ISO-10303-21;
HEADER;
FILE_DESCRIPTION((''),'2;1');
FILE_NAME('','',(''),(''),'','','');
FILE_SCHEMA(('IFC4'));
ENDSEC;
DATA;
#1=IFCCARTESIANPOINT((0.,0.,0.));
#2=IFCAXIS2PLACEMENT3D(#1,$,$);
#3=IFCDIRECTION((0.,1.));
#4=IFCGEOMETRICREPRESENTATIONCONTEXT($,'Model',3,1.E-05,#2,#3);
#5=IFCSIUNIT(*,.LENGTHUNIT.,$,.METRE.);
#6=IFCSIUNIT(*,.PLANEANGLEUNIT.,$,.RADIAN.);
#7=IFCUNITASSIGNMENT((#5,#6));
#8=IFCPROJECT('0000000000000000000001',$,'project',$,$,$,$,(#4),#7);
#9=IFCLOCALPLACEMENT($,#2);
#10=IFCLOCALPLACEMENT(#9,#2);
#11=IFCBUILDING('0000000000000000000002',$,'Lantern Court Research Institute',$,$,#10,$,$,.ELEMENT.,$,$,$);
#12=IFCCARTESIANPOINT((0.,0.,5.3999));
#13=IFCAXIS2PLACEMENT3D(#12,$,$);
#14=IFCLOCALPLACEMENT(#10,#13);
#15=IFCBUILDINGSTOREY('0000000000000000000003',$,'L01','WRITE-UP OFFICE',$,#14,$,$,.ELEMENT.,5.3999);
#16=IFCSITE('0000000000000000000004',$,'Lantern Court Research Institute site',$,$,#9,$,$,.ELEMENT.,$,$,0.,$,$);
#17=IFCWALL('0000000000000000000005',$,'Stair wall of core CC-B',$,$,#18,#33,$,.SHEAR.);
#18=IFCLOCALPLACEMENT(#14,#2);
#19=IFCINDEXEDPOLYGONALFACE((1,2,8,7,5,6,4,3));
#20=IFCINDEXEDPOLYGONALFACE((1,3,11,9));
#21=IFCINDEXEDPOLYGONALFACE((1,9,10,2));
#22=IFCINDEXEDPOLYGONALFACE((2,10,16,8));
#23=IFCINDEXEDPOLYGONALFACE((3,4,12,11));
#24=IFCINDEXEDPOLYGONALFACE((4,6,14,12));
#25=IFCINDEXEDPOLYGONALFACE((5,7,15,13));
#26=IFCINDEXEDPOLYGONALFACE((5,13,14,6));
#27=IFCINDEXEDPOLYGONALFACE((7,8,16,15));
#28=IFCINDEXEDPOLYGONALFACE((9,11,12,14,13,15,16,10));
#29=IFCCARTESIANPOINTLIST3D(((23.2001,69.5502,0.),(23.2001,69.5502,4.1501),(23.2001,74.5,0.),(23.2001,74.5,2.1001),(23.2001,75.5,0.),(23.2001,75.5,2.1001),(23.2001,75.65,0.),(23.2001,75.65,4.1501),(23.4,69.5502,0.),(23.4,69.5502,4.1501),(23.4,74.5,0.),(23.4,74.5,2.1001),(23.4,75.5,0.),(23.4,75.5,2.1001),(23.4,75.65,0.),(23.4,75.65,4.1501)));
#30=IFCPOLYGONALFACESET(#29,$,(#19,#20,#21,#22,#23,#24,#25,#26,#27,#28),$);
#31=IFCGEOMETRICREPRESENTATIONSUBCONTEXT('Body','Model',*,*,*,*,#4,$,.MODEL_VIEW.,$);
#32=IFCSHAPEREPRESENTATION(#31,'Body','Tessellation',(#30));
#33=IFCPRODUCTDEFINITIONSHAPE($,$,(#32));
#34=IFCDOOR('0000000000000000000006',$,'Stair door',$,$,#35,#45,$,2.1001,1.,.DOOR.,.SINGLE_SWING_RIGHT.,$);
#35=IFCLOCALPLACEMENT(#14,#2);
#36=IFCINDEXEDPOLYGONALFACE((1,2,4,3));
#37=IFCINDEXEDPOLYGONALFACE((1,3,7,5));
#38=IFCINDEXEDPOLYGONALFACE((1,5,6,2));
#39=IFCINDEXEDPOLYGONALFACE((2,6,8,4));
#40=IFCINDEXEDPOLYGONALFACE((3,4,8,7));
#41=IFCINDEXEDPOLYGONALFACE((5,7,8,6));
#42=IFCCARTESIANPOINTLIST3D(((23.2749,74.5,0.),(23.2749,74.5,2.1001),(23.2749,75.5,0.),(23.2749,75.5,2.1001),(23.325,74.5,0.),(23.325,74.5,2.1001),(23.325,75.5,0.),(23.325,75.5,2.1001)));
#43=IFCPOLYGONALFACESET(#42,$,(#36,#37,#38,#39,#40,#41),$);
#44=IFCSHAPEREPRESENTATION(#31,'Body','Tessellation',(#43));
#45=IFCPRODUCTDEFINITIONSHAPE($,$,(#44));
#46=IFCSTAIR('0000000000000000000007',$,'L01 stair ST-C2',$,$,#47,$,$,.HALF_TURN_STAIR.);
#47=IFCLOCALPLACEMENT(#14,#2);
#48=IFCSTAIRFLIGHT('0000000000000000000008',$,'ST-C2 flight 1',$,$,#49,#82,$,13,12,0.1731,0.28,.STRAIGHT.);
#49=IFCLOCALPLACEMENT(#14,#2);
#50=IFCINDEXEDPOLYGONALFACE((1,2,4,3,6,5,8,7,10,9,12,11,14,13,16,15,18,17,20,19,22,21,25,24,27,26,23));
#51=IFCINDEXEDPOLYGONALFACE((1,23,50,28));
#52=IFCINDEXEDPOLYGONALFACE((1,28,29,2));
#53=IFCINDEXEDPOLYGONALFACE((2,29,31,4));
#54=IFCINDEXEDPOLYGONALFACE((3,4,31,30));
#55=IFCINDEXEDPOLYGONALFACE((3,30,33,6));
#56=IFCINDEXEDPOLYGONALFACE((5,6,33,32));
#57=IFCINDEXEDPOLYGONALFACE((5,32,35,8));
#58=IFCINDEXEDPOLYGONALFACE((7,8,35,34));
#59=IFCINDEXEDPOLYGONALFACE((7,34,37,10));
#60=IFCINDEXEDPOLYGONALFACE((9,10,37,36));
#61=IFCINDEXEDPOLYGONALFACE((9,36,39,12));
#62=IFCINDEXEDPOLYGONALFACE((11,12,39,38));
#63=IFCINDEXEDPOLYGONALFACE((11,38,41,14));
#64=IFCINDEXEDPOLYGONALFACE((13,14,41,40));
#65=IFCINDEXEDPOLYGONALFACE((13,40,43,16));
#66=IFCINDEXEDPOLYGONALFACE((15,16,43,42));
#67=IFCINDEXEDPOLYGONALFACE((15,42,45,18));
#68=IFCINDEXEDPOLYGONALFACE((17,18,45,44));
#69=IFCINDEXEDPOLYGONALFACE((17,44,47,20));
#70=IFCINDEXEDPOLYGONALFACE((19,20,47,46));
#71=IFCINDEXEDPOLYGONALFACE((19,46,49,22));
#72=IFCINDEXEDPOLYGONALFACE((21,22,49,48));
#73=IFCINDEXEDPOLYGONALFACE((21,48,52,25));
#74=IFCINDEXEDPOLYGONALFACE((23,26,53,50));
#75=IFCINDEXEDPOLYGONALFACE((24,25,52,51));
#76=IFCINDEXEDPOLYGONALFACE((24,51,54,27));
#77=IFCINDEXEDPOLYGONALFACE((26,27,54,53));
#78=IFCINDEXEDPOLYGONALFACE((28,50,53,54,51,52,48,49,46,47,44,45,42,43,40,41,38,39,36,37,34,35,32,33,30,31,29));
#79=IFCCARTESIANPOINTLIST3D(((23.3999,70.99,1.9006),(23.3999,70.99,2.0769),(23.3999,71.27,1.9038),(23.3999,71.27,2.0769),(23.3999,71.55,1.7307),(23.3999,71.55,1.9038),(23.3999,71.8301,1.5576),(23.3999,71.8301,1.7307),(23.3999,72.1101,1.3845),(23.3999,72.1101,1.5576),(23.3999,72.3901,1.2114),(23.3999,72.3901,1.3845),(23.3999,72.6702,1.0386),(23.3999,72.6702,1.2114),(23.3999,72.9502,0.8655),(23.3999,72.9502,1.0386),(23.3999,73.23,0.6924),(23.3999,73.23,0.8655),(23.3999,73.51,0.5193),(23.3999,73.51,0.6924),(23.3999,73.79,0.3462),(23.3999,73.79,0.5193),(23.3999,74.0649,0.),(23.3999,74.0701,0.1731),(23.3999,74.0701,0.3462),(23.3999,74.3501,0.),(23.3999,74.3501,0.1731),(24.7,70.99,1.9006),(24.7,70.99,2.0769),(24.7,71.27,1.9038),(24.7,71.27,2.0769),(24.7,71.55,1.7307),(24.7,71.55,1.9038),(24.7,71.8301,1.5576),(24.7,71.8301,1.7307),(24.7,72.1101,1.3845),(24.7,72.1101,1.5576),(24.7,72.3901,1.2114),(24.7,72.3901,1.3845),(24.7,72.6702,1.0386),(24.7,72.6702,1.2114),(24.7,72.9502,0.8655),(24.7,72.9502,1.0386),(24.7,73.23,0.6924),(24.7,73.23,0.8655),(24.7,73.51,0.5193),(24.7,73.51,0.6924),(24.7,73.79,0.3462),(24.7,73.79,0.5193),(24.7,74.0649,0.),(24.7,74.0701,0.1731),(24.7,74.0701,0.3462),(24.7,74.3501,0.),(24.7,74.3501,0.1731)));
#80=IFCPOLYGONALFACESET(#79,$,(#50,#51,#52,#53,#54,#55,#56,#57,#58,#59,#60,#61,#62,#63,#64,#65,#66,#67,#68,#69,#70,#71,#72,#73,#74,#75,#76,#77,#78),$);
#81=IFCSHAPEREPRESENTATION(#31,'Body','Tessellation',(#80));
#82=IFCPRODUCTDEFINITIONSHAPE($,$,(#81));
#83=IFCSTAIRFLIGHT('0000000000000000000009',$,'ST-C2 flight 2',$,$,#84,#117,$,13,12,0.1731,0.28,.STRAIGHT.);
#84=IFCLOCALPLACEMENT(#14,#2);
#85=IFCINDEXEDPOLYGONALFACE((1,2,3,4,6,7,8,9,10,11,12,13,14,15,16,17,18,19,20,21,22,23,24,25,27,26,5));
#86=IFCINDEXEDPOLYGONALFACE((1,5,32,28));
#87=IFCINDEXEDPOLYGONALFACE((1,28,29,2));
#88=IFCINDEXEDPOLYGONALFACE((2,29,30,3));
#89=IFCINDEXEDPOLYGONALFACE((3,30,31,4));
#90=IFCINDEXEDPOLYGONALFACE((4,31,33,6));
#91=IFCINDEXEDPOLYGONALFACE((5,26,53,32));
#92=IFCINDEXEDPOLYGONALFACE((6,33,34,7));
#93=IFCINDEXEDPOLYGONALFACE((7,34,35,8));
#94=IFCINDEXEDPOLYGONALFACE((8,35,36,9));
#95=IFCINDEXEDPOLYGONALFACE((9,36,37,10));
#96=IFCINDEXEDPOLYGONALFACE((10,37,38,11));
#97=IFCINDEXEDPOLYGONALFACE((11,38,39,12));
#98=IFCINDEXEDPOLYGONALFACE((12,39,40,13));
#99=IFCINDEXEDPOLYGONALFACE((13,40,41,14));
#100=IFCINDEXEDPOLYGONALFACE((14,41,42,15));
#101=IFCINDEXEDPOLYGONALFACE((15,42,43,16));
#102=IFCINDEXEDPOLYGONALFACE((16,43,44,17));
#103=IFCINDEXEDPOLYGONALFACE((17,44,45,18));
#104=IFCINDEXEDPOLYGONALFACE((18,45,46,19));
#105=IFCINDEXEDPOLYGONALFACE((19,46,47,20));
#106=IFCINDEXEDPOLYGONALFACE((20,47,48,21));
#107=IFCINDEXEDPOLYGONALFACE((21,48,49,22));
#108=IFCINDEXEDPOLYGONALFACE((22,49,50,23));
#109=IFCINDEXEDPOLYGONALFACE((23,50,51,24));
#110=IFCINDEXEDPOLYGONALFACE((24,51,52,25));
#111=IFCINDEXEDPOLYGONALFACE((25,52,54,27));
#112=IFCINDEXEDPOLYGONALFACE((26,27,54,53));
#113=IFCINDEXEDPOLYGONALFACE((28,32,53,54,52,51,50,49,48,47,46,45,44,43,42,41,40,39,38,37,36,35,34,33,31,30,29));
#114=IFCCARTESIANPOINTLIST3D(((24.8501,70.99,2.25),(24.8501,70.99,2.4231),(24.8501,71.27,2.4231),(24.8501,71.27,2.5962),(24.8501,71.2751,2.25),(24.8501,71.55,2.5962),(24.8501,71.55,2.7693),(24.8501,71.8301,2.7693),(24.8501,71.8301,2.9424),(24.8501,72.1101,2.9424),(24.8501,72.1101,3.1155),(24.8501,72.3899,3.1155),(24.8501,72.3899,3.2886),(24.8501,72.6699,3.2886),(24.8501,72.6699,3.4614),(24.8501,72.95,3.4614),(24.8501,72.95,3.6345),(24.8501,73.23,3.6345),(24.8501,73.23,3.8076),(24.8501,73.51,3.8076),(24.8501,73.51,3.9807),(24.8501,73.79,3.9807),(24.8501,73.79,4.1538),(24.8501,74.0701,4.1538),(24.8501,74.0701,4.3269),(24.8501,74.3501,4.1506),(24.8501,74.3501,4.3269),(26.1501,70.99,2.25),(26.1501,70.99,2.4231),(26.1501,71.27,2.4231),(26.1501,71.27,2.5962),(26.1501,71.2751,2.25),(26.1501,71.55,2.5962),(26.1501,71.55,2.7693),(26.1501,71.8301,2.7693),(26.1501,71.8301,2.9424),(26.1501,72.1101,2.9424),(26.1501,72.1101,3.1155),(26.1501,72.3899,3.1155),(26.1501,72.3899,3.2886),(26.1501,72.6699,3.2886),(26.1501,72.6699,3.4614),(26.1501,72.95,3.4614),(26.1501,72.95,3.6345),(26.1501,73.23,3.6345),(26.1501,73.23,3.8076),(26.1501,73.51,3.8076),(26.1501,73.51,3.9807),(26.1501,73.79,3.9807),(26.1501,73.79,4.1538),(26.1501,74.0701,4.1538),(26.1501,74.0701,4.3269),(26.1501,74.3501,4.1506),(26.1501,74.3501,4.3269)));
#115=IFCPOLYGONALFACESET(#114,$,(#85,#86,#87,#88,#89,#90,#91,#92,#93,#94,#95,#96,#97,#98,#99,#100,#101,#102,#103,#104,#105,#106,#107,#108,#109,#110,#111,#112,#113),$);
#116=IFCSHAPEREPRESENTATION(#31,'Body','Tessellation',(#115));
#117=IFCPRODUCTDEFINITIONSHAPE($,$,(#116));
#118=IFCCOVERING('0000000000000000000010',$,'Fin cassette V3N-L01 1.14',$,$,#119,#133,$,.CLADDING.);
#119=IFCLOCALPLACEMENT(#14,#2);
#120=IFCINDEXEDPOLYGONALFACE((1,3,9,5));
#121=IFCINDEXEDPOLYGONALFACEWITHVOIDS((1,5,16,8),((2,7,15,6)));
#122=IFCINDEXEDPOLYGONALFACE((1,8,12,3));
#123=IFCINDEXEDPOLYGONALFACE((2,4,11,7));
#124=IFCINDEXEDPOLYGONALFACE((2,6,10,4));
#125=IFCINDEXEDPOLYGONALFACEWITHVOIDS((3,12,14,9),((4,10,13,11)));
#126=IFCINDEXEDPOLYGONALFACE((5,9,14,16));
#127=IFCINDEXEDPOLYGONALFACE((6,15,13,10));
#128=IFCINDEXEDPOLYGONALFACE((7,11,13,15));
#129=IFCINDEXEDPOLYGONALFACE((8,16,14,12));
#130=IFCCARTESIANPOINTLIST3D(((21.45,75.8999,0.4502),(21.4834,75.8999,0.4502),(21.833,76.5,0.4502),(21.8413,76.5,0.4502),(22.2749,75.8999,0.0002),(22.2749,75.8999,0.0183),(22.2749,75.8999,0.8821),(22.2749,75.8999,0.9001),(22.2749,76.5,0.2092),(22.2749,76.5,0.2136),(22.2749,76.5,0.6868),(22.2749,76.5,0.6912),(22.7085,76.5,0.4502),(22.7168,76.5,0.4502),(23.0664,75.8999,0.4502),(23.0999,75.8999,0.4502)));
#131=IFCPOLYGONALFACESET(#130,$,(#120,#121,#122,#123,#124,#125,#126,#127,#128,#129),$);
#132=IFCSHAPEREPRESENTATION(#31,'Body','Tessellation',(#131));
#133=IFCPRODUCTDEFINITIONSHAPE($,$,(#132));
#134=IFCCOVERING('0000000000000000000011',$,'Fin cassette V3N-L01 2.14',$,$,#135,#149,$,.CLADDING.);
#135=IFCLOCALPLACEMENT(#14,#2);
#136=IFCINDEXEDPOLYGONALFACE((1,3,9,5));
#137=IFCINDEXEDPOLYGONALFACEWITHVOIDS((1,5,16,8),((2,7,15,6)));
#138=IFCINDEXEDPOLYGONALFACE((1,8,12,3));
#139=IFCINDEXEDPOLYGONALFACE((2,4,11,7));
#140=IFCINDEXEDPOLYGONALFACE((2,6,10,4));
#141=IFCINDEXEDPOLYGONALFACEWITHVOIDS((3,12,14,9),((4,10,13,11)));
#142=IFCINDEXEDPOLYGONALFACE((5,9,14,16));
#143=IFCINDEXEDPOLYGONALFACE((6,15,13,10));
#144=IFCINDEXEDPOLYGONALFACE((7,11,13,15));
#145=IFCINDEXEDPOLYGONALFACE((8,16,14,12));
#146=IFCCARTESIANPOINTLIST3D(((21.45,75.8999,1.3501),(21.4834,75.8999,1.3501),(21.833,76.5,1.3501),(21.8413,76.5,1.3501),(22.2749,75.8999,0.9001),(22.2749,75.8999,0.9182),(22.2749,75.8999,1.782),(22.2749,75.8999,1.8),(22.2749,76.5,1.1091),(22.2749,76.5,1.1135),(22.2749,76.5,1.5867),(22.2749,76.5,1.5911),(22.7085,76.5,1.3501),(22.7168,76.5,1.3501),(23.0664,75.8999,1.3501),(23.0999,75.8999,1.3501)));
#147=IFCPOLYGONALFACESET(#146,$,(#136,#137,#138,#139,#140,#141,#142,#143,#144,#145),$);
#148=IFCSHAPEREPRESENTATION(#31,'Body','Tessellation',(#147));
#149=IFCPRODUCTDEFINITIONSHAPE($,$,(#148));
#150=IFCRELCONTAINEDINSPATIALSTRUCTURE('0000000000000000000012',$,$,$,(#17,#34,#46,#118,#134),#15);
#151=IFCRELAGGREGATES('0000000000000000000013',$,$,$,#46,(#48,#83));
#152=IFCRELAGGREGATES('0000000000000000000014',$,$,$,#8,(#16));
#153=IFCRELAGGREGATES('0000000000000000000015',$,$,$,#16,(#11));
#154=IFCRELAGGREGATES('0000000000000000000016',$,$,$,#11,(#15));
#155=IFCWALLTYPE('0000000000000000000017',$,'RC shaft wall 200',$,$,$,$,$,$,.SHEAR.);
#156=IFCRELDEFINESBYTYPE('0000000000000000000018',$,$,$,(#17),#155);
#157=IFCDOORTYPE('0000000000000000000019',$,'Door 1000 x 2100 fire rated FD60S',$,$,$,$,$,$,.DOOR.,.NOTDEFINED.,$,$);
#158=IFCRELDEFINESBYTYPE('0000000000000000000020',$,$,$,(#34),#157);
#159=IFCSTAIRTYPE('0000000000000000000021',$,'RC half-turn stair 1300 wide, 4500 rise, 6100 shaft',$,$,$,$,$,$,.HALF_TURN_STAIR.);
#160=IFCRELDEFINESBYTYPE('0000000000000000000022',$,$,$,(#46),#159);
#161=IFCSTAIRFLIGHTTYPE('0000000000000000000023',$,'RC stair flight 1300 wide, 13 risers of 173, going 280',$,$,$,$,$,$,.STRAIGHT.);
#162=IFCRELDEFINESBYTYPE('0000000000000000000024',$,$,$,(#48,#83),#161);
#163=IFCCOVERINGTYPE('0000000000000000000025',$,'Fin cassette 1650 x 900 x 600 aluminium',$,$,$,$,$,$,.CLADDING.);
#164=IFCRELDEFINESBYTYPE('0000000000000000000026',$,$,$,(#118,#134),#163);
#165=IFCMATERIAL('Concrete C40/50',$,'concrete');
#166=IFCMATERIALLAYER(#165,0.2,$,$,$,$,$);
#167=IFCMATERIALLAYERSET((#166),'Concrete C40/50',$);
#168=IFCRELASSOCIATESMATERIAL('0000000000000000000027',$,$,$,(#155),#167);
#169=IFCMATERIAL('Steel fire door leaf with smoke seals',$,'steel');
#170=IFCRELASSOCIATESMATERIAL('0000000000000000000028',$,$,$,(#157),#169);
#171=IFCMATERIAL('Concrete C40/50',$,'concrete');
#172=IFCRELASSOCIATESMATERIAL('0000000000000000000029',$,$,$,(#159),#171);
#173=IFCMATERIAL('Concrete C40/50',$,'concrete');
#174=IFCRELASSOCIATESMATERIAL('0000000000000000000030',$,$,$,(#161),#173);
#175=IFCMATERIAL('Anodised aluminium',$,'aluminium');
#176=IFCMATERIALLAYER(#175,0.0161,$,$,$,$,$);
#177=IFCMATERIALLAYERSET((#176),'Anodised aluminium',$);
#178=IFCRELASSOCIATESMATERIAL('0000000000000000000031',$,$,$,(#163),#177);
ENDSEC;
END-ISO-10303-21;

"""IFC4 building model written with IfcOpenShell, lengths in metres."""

from ifc_helpers import new_model, entity, si_unit, direction, frame, frame_2d, origin, place, context, subcontext, project, spatial, polyline, rectangle, outline, extrude, material, layer, layer_set, type_object, element, fill, aggregate, save


model = new_model("IFC4")

# Units and contexts
model_context = context("Model", 3, precision=1e-05, world=origin(), true_north=direction((0.0, 1.0)))
body_context = subcontext(model_context, "Body", "Model", "MODEL_VIEW")
ifc_project = project(units=[si_unit("LENGTHUNIT", "METRE"), si_unit("PLANEANGLEUNIT", "RADIAN")], contexts=[model_context])

# Site, building, storey
site_placement = place(None, origin())
site = spatial("IfcSite", under=ifc_project, at=site_placement, Name="Lantern Court Research Institute site", CompositionType="ELEMENT", RefElevation=0.0)
building_placement = place(site_placement, origin())
building = spatial("IfcBuilding", under=site, at=building_placement, Name="Lantern Court Research Institute", CompositionType="ELEMENT")
storey_placement = place(building_placement, frame((0.0, 0.0, 5.3999)))
storey = spatial("IfcBuildingStorey", under=building, at=storey_placement, Name="L01", Description="WRITE-UP OFFICE", CompositionType="ELEMENT", Elevation=5.3999)

# Wall, opening, door
ifc_material_1 = material(Name="Concrete C40/50", Category="concrete")
ifc_layer_1 = layer(ifc_material_1, 0.2)
ifc_layer_set_1 = layer_set([ifc_layer_1], Name="Concrete C40/50")
wall_type = type_object("IfcWallType", Name="RC shaft wall 200", PredefinedType="SHEAR", material=ifc_layer_set_1)
wall_placement = place(storey_placement, frame((23.3, 75.6499, 0.0), z_axis=(0.0, 0.0, 1.0), x_axis=(0.0, -1.0, 0.0)))
wall = element("IfcWall", 1, at=wall_placement, inside=storey, type_object=wall_type, Name="Stair wall of core CC-B", PredefinedType="SHEAR", context=body_context, shape_type="SweptSolid", body=[
    extrude(rectangle(XDim=6.0999, YDim=0.2, at=frame_2d((3.0498, 0.0))), origin(), (0.0, 0.0, 1.0), 4.1501),
])
opening_placement = place(wall_placement, frame((0.1499, 0.0, 0.0)))
opening = element("IfcOpeningElement", 2, at=opening_placement, cuts=wall, PredefinedType="OPENING", context=body_context, shape_type="SweptSolid", body=[
    extrude(rectangle(XDim=1.0, YDim=2.1001, at=frame_2d((0.5, 1.05))), frame((0.0, 0.1099, 0.0), z_axis=(0.0, -1.0, 0.0), x_axis=(1.0, 0.0, 0.0)), (0.0, 0.0, 1.0), 0.22),
])
ifc_material_2 = material(Name="Steel fire door leaf with smoke seals", Category="steel")
door_type = type_object("IfcDoorType", Name="Door 1000 x 2100 fire rated FD60S", OperationType="NOTDEFINED", PredefinedType="DOOR", material=ifc_material_2)
door_placement = place(opening_placement, origin())
door = element("IfcDoor", 3, at=door_placement, inside=storey, type_object=door_type, Name="Stair door", OperationType="SINGLE_SWING_RIGHT", OverallHeight=2.1001, OverallWidth=1.0, PredefinedType="DOOR", context=body_context, shape_type="SweptSolid", body=[
    extrude(rectangle(XDim=1.0, YDim=2.1001, at=frame_2d((0.5, 1.05))), frame((0.0, 0.0249, 0.0), z_axis=(0.0, -1.0, 0.0), x_axis=(1.0, 0.0, 0.0)), (0.0, 0.0, 1.0), 0.05),
])
fill(opening, door)

# Stair, stair flights
ifc_material_3 = material(Name="Concrete C40/50", Category="concrete")
stair_type = type_object("IfcStairType", Name="RC half-turn stair 1300 wide, 4500 rise, 6100 shaft", PredefinedType="HALF_TURN_STAIR", material=ifc_material_3)
stair_placement = place(storey_placement, origin())
stair = element("IfcStair", 4, at=stair_placement, inside=storey, type_object=stair_type, Name="L01 stair ST-C2", PredefinedType="HALF_TURN_STAIR")
ifc_material_4 = material(Name="Concrete C40/50", Category="concrete")
stair_flight_type = type_object("IfcStairFlightType", Name="RC stair flight 1300 wide, 13 risers of 173, going 280", PredefinedType="STRAIGHT", material=ifc_material_4)
stair_flight_1_placement = place(storey_placement, frame((24.05, 74.3501, 0.0), z_axis=(0.0, 0.0, 1.0), x_axis=(0.0, -1.0, 0.0)))
stair_flight_1 = element("IfcStairFlight", 5, at=stair_flight_1_placement, type_object=stair_flight_type, Name="ST-C2 flight 1", NumberOfRisers=13, NumberOfTreads=12, PredefinedType="STRAIGHT", RiserHeight=0.1731, TreadLength=0.28, context=body_context, shape_type="SweptSolid", body=[
    extrude(outline(polyline([(0.0, 0.0), (0.0, 0.1731), (0.28, 0.1731), (0.28, 0.3462), (0.5601, 0.3462), (0.5601, 0.5193), (0.8401, 0.5193), (0.8401, 0.6924), (1.1201, 0.6924), (1.1201, 0.8655), (1.3999, 0.8655), (1.3999, 1.0386), (1.6799, 1.0386), (1.6799, 1.2114), (1.96, 1.2114), (1.96, 1.3845), (2.24, 1.3845), (2.24, 1.5576), (2.52, 1.5576), (2.52, 1.7307), (2.8, 1.7307), (2.8, 1.9038), (3.0801, 1.9038), (3.0801, 2.0769), (3.3601, 2.0769), (3.3601, 2.25), (3.3601, 1.9006), (0.2852, 0.0), (0.0, 0.0)])), frame((0.0, 0.6499, 0.0), z_axis=(0.0, -1.0, 0.0), x_axis=(1.0, 0.0, 0.0)), (0.0, 0.0, 1.0), 1.3),
])
stair_flight_2_placement = place(storey_placement, frame((25.5, 70.99, 2.25), z_axis=(0.0, 0.0, 1.0), x_axis=(0.0, 1.0, 0.0)))
stair_flight_2 = element("IfcStairFlight", 6, at=stair_flight_2_placement, type_object=stair_flight_type, Name="ST-C2 flight 2", NumberOfRisers=13, NumberOfTreads=12, PredefinedType="STRAIGHT", RiserHeight=0.1731, TreadLength=0.28, context=body_context, shape_type="SweptSolid", body=[
    extrude(outline(polyline([(0.0, 0.0), (0.0, 0.1731), (0.28, 0.1731), (0.28, 0.3462), (0.5601, 0.3462), (0.5601, 0.5193), (0.8401, 0.5193), (0.8401, 0.6924), (1.1201, 0.6924), (1.1201, 0.8655), (1.3999, 0.8655), (1.3999, 1.0386), (1.6799, 1.0386), (1.6799, 1.2114), (1.96, 1.2114), (1.96, 1.3845), (2.24, 1.3845), (2.24, 1.5576), (2.52, 1.5576), (2.52, 1.7307), (2.8, 1.7307), (2.8, 1.9038), (3.0801, 1.9038), (3.0801, 2.0769), (3.3601, 2.0769), (3.3601, 2.25), (3.3601, 1.9006), (0.2852, 0.0), (0.0, 0.0)])), frame((0.0, 0.6499, 0.0), z_axis=(0.0, -1.0, 0.0), x_axis=(1.0, 0.0, 0.0)), (0.0, 0.0, 1.0), 1.3),
])
aggregate(stair, [stair_flight_1, stair_flight_2])

# Coverings
ifc_material_5 = material(Name="Anodised aluminium", Category="aluminium")
ifc_layer_2 = layer(ifc_material_5, 0.0161)
ifc_layer_set_2 = layer_set([ifc_layer_2], Name="Anodised aluminium")
covering_type = type_object("IfcCoveringType", Name="Fin cassette 1650 x 900 x 600 aluminium", PredefinedType="CLADDING", material=ifc_layer_set_2)
covering_1_placement = place(storey_placement, frame((22.2749, 75.8999, 0.4502), z_axis=(0.0, 1.0, 0.0), x_axis=(-1.0, 0.0, 0.0)))
cartesian_point_1 = entity("IfcCartesianPoint", [0.825, 0.0])
cartesian_point_2 = entity("IfcCartesianPoint", [0.7915, 0.0])
cartesian_point_3 = entity("IfcCartesianPoint", [0.4419, 0.0])
cartesian_point_4 = entity("IfcCartesianPoint", [0.4336, 0.0])
element("IfcCovering", 7, at=covering_1_placement, inside=storey, type_object=covering_type, Name="Fin cassette V3N-L01 1.14", PredefinedType="CLADDING", context=body_context, shape_type="SweptSolid", body=[
    entity("IfcExtrudedAreaSolidTapered", entity("IfcArbitraryProfileDefWithVoids", "AREA", None, entity("IfcPolyline", [cartesian_point_1, entity("IfcCartesianPoint", [0.0, 0.45]), entity("IfcCartesianPoint", [-0.825, 0.0]), entity("IfcCartesianPoint", [0.0, -0.45]), cartesian_point_1]), [entity("IfcPolyline", [cartesian_point_2, entity("IfcCartesianPoint", [0.0, 0.4319]), entity("IfcCartesianPoint", [-0.7915, 0.0]), entity("IfcCartesianPoint", [0.0, -0.4319]), cartesian_point_2])]), entity("IfcAxis2Placement3D", entity("IfcCartesianPoint", [0.0, 0.0, 0.0])), entity("IfcDirection", [0.0, 0.0, 1.0]), 0.6001, entity("IfcArbitraryProfileDefWithVoids", "AREA", None, entity("IfcPolyline", [cartesian_point_3, entity("IfcCartesianPoint", [0.0, 0.241]), entity("IfcCartesianPoint", [-0.4419, 0.0]), entity("IfcCartesianPoint", [0.0, -0.241]), cartesian_point_3]), [entity("IfcPolyline", [cartesian_point_4, entity("IfcCartesianPoint", [0.0, 0.2366]), entity("IfcCartesianPoint", [-0.4336, 0.0]), entity("IfcCartesianPoint", [0.0, -0.2366]), cartesian_point_4])])),
])
covering_2_placement = place(storey_placement, frame((22.2749, 75.8999, 1.3501), z_axis=(0.0, 1.0, 0.0), x_axis=(-1.0, 0.0, 0.0)))
cartesian_point_5 = entity("IfcCartesianPoint", [0.825, 0.0])
cartesian_point_6 = entity("IfcCartesianPoint", [0.7915, 0.0])
cartesian_point_7 = entity("IfcCartesianPoint", [0.4419, 0.0])
cartesian_point_8 = entity("IfcCartesianPoint", [0.4336, 0.0])
element("IfcCovering", 8, at=covering_2_placement, inside=storey, type_object=covering_type, Name="Fin cassette V3N-L01 2.14", PredefinedType="CLADDING", context=body_context, shape_type="SweptSolid", body=[
    entity("IfcExtrudedAreaSolidTapered", entity("IfcArbitraryProfileDefWithVoids", "AREA", None, entity("IfcPolyline", [cartesian_point_5, entity("IfcCartesianPoint", [0.0, 0.45]), entity("IfcCartesianPoint", [-0.825, 0.0]), entity("IfcCartesianPoint", [0.0, -0.45]), cartesian_point_5]), [entity("IfcPolyline", [cartesian_point_6, entity("IfcCartesianPoint", [0.0, 0.4319]), entity("IfcCartesianPoint", [-0.7915, 0.0]), entity("IfcCartesianPoint", [0.0, -0.4319]), cartesian_point_6])]), entity("IfcAxis2Placement3D", entity("IfcCartesianPoint", [0.0, 0.0, 0.0])), entity("IfcDirection", [0.0, 0.0, 1.0]), 0.6001, entity("IfcArbitraryProfileDefWithVoids", "AREA", None, entity("IfcPolyline", [cartesian_point_7, entity("IfcCartesianPoint", [0.0, 0.241]), entity("IfcCartesianPoint", [-0.4419, 0.0]), entity("IfcCartesianPoint", [0.0, -0.241]), cartesian_point_7]), [entity("IfcPolyline", [cartesian_point_8, entity("IfcCartesianPoint", [0.0, 0.2366]), entity("IfcCartesianPoint", [-0.4336, 0.0]), entity("IfcCartesianPoint", [0.0, -0.2366]), cartesian_point_8])])),
])

save(model, "model.ifc")
